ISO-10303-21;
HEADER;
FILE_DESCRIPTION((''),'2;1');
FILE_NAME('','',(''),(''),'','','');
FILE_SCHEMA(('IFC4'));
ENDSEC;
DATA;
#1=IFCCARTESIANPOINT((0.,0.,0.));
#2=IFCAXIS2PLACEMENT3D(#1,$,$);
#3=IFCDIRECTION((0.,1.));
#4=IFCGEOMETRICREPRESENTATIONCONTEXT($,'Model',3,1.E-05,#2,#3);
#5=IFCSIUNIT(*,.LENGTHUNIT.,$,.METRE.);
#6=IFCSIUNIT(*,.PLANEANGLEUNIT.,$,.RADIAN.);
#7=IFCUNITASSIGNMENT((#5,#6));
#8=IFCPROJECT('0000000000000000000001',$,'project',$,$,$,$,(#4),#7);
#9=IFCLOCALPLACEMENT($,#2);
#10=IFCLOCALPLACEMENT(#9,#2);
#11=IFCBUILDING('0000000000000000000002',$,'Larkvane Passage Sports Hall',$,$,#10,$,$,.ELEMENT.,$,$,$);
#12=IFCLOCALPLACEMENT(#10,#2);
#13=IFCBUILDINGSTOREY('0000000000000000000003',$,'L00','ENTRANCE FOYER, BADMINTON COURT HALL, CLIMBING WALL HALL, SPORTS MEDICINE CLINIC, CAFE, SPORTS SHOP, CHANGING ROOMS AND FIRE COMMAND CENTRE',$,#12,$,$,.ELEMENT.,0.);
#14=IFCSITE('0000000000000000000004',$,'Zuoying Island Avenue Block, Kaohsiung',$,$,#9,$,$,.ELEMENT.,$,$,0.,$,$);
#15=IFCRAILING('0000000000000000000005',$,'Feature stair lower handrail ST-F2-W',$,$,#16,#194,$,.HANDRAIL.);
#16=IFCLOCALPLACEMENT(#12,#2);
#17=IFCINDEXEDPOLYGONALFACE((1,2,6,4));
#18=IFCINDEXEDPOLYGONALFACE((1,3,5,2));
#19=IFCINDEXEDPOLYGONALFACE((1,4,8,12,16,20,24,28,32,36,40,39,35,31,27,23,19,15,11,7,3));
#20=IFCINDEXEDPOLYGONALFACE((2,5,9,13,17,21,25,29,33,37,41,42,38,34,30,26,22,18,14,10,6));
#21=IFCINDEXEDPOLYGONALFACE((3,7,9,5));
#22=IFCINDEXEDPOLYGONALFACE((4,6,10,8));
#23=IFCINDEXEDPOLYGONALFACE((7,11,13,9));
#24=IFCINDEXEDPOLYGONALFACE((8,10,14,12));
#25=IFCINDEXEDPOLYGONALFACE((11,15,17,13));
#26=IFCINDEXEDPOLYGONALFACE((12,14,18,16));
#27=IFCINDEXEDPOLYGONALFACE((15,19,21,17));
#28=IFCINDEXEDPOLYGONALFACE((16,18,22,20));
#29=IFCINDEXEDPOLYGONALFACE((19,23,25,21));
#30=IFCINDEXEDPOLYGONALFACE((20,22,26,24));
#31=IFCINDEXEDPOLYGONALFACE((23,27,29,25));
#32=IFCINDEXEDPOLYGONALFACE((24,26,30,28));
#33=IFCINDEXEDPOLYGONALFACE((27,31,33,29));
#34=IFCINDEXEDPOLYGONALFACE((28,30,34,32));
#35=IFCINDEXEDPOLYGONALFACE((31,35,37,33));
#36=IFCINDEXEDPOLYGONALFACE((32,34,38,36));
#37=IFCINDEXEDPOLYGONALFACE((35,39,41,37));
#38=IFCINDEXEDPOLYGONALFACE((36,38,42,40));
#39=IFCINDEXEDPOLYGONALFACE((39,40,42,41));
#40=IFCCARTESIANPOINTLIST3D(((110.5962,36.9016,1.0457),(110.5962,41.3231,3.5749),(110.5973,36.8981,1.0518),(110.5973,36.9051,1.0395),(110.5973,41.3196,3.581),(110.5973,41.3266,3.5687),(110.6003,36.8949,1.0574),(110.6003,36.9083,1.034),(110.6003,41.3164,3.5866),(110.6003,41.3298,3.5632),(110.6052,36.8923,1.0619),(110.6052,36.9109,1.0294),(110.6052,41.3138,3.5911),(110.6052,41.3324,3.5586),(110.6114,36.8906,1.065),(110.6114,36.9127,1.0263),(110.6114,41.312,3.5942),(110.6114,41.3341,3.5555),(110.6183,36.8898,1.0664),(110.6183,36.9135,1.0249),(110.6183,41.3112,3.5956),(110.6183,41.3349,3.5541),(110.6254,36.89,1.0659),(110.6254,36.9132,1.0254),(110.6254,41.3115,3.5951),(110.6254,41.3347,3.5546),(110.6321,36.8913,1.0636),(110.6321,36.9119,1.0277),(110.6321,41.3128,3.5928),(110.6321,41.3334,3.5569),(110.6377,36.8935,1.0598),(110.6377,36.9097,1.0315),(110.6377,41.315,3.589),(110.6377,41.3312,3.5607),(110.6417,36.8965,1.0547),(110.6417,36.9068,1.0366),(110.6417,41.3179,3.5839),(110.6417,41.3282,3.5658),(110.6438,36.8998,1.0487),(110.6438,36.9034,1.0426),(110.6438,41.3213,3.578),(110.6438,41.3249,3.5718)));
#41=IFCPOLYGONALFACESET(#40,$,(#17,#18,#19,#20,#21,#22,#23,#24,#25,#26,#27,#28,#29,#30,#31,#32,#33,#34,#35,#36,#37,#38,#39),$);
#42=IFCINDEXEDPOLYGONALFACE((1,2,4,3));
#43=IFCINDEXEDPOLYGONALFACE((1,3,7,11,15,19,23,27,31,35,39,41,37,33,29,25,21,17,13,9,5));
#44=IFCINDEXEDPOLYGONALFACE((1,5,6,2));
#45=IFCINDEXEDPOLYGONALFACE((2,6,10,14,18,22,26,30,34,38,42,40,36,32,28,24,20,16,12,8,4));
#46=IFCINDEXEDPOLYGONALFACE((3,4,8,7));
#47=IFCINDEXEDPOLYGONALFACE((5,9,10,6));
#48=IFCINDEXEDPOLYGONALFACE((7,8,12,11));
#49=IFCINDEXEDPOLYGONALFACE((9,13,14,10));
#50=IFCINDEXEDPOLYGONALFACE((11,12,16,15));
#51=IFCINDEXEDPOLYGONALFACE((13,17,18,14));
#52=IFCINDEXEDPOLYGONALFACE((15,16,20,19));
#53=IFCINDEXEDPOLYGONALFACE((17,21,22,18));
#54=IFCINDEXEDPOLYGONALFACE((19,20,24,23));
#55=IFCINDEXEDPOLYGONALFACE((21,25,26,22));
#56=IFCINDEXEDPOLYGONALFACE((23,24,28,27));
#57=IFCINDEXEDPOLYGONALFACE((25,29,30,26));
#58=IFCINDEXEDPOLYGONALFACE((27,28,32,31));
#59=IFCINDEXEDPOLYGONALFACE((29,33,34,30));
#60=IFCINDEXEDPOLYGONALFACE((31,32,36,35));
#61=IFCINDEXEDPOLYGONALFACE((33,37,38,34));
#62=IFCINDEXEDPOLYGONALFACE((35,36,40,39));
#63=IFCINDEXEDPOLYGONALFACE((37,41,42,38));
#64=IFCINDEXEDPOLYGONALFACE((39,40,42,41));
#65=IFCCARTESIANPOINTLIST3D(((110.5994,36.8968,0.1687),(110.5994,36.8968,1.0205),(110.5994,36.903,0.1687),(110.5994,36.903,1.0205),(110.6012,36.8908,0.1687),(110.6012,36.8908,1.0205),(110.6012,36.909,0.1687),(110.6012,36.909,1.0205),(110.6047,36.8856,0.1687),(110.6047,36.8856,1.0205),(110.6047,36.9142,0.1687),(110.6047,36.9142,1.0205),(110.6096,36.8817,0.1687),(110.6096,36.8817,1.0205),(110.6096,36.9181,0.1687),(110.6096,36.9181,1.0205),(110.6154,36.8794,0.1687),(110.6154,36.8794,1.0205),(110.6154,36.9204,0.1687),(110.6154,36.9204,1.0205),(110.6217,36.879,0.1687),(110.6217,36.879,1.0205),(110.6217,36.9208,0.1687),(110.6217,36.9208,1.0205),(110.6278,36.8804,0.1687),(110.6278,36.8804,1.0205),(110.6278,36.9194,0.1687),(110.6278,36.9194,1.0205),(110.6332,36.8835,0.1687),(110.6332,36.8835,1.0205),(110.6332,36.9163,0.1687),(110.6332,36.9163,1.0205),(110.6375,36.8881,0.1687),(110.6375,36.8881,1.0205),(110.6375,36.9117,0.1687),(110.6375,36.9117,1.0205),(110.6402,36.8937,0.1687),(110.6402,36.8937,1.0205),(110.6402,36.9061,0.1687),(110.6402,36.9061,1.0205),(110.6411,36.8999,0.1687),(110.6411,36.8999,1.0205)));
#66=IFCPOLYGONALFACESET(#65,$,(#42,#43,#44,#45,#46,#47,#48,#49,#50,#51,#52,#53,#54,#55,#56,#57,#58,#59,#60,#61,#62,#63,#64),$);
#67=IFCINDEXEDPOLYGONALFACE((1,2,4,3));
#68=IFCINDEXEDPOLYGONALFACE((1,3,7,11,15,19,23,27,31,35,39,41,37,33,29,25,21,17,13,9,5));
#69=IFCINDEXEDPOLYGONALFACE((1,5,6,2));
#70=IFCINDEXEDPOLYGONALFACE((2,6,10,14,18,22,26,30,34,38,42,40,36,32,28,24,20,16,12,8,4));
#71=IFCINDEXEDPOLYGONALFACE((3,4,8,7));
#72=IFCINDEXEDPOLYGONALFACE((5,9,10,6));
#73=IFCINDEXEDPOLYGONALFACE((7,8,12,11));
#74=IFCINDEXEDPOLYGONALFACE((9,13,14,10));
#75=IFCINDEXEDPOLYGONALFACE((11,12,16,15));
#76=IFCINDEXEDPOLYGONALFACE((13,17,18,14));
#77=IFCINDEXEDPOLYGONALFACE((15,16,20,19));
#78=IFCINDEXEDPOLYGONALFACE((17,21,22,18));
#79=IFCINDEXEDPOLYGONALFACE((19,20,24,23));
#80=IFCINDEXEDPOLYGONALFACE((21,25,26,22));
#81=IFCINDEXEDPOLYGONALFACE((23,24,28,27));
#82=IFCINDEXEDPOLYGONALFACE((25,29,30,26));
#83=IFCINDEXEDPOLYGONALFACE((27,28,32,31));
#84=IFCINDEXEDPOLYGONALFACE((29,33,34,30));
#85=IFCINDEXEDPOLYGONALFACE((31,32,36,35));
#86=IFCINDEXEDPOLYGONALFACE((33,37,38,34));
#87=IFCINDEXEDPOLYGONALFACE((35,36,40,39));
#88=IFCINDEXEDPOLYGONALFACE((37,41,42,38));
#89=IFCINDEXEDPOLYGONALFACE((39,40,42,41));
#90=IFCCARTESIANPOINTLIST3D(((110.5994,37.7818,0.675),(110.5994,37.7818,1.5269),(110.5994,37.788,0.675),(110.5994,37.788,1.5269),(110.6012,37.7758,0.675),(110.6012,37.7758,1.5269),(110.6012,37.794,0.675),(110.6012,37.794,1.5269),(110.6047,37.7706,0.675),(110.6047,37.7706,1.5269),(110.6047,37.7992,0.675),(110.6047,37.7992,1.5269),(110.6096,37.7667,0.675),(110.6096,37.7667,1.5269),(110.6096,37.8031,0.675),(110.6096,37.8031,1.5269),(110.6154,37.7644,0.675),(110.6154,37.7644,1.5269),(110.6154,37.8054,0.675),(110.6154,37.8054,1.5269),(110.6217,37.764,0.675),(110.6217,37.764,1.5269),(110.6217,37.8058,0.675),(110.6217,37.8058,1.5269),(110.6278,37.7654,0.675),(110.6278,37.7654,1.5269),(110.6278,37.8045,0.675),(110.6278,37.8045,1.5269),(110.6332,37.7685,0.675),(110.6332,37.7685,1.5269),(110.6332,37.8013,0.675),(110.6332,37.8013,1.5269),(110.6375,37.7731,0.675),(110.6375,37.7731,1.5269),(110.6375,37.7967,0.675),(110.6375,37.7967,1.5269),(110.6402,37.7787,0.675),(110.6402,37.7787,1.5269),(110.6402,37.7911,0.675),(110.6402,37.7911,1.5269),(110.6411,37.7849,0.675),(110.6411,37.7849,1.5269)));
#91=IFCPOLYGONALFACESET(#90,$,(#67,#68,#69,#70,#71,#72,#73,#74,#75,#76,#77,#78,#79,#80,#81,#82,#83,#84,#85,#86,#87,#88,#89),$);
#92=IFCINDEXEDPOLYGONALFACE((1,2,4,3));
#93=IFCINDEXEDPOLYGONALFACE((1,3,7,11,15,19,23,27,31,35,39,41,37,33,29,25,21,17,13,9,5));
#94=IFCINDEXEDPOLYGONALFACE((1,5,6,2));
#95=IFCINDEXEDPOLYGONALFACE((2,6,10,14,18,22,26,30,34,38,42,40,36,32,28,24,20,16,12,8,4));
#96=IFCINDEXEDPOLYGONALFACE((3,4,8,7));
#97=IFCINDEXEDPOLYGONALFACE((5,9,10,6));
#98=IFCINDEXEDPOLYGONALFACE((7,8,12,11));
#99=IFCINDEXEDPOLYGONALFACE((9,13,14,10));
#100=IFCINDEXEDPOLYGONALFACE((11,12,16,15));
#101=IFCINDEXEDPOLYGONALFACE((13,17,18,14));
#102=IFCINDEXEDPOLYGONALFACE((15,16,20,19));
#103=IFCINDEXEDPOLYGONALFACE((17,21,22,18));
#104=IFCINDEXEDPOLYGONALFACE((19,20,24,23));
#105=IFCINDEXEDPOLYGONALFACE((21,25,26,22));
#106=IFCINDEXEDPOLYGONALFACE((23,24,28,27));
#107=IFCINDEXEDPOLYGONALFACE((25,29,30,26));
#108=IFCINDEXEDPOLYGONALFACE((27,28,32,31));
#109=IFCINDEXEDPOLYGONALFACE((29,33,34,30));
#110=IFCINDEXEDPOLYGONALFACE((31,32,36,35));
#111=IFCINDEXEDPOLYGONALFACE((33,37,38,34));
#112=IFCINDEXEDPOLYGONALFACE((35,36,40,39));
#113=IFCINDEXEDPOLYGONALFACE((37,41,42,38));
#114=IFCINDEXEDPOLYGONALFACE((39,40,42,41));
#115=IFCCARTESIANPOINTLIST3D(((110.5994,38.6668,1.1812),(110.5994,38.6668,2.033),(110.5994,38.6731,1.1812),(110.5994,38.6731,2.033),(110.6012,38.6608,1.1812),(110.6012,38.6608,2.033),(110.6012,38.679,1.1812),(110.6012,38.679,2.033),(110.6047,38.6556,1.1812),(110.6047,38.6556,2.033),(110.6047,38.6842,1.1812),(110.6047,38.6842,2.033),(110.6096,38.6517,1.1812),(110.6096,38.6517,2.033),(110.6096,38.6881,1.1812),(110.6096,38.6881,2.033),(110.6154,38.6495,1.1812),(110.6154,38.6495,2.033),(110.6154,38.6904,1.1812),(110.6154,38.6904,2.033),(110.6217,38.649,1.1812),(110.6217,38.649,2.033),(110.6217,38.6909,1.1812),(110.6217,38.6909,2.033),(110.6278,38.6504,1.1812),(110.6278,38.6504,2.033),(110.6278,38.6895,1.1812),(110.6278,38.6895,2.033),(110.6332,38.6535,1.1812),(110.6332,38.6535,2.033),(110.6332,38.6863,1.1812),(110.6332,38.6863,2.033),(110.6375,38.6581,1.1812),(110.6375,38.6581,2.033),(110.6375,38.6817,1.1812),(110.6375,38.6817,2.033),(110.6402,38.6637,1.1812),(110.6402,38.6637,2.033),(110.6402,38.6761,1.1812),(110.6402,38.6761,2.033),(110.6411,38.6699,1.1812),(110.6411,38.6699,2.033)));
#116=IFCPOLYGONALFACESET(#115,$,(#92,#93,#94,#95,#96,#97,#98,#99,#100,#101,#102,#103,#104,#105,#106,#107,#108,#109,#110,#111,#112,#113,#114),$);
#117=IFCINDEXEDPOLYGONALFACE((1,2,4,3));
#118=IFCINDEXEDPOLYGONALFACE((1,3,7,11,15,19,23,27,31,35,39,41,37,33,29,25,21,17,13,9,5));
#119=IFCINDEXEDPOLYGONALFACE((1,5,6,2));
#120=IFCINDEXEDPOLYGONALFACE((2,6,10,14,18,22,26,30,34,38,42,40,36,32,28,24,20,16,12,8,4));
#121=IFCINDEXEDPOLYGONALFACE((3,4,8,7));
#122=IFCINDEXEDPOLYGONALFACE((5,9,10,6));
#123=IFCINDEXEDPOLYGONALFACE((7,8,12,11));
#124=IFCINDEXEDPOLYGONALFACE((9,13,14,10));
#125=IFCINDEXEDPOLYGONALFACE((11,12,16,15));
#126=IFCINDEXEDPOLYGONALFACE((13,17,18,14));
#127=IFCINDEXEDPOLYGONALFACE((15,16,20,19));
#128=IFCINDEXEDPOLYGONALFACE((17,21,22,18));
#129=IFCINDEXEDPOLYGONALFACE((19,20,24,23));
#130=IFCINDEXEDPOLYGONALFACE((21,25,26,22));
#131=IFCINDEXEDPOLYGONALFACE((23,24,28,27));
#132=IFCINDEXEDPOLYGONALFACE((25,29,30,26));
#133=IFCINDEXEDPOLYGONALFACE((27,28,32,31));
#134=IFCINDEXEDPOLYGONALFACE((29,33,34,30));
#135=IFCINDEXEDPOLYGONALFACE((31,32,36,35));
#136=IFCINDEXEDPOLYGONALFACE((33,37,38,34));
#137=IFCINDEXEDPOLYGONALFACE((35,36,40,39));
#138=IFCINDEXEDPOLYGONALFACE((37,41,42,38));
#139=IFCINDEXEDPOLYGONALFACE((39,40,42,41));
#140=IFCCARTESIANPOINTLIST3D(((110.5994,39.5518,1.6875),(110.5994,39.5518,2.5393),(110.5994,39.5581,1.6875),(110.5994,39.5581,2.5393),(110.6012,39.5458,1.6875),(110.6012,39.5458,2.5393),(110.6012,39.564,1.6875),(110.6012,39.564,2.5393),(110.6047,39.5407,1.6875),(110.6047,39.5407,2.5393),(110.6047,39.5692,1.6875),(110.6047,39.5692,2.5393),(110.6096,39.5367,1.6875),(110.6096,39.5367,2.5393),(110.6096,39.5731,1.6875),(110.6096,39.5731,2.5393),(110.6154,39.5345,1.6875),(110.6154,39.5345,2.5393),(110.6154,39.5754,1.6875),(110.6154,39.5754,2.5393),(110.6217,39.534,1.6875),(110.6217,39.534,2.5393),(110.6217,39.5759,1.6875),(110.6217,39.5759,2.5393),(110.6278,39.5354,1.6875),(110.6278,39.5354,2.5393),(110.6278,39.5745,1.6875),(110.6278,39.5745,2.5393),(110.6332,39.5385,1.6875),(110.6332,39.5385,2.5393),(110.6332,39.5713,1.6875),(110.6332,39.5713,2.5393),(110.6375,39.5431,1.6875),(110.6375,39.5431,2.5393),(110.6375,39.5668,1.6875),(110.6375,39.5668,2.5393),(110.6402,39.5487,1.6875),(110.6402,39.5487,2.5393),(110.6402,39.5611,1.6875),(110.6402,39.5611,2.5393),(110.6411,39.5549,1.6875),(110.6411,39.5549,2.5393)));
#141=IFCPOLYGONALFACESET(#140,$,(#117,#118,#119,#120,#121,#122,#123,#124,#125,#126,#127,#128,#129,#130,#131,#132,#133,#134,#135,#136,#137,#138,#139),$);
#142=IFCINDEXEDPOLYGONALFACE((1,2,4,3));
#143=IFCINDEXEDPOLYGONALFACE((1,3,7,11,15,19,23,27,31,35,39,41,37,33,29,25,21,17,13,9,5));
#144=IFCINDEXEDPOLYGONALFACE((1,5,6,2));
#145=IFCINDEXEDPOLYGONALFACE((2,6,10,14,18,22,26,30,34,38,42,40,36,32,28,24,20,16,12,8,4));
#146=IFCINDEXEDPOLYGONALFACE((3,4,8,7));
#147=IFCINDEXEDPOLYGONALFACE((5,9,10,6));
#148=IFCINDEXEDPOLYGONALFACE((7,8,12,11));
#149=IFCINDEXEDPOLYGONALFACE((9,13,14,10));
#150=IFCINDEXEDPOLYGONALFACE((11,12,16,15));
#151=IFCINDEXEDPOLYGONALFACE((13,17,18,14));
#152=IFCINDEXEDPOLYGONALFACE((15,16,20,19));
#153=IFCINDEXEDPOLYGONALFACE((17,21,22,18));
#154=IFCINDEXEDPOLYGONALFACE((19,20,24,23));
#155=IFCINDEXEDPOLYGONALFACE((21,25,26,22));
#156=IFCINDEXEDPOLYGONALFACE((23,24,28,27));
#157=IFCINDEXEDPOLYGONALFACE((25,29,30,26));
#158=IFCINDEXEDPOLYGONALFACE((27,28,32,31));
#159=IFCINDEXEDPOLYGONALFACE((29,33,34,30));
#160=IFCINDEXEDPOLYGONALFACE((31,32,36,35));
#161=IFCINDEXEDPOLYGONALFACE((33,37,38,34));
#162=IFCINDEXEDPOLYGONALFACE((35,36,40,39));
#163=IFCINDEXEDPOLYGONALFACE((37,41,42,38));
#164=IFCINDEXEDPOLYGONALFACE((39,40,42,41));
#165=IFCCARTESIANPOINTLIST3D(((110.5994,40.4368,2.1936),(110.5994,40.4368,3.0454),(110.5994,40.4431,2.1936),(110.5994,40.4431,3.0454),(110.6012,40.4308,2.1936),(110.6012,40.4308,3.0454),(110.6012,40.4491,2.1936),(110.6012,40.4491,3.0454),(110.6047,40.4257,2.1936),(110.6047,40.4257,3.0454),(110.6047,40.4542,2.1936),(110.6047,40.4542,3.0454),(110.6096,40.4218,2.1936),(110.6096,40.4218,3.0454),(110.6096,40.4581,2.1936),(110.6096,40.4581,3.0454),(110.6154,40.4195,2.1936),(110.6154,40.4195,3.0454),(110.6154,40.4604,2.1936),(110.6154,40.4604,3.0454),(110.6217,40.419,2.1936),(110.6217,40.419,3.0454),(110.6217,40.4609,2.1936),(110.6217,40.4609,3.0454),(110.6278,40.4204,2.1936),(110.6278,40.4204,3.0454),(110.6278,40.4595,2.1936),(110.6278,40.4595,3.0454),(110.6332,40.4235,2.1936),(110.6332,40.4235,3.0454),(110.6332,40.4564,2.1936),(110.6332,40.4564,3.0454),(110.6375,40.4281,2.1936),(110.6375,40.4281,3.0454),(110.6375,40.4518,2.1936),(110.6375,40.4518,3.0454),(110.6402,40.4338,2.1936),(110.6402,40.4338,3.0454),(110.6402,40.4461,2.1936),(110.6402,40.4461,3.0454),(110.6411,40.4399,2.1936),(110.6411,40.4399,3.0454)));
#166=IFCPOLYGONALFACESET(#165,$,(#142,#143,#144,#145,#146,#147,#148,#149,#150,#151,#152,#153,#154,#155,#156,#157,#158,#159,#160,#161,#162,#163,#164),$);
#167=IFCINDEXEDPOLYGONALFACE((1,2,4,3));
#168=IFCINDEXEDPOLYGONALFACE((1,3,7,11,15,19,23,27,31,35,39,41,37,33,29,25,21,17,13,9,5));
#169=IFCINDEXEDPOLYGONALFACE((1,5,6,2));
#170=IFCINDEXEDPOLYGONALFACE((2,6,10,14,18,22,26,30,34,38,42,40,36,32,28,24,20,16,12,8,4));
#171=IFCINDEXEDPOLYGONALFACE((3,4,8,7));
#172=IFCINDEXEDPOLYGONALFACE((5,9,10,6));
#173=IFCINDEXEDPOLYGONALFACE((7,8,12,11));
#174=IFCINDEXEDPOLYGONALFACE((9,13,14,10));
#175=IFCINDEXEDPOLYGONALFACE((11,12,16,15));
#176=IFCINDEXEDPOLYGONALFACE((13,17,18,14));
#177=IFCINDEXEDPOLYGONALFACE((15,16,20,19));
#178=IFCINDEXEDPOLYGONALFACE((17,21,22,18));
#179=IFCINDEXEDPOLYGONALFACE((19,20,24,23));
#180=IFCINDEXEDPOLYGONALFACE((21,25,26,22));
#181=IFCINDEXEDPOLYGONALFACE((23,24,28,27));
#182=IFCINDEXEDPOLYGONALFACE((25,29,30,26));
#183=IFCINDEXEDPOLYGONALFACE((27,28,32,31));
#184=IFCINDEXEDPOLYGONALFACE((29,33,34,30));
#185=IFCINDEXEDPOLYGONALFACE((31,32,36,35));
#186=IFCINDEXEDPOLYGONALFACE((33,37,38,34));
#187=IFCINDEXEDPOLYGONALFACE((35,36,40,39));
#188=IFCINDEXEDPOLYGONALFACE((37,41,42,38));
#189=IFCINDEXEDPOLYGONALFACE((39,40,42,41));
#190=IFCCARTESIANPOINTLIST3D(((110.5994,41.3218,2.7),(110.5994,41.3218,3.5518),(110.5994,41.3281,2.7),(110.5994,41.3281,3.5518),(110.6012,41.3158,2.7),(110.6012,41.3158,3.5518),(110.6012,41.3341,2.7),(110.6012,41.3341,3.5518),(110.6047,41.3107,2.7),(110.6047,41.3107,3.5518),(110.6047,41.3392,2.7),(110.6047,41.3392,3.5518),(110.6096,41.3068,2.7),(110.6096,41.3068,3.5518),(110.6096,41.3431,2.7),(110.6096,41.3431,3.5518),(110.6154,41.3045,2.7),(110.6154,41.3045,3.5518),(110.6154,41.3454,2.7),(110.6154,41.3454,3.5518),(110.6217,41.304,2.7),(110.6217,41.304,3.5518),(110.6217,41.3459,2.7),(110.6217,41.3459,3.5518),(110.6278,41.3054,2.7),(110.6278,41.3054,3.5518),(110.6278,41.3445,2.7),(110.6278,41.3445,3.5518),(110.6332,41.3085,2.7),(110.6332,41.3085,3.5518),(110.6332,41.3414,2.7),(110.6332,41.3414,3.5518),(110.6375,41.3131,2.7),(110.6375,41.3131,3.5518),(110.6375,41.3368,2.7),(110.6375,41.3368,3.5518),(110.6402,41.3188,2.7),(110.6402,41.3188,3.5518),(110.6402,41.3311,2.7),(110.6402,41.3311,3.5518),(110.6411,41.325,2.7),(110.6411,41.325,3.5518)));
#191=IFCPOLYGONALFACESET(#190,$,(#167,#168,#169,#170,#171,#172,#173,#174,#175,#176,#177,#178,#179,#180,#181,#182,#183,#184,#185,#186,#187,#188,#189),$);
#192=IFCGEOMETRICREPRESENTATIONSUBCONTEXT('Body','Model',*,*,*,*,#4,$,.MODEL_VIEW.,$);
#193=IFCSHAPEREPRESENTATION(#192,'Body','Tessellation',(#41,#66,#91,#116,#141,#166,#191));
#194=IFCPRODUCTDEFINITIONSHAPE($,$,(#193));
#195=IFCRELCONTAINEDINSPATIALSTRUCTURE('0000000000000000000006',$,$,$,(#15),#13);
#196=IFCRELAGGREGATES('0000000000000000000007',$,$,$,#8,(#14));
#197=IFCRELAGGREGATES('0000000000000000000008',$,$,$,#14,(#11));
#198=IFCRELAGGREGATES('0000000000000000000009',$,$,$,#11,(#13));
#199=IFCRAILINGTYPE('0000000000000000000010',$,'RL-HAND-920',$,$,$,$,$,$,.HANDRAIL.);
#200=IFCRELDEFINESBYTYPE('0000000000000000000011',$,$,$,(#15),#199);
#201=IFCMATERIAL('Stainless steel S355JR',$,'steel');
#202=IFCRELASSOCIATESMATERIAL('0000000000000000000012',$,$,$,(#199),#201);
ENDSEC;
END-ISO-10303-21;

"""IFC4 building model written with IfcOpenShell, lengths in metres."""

from ifc_helpers import new_model, si_unit, direction, frame, origin, origin_2d, place, context, subcontext, project, spatial, circle, extrude, material, type_object, element, save


model = new_model("IFC4")

# Units and contexts
model_context = context("Model", 3, precision=1e-05, world=origin(), true_north=direction((0.0, 1.0)))
body_context = subcontext(model_context, "Body", "Model", "MODEL_VIEW")
ifc_project = project(units=[si_unit("LENGTHUNIT", "METRE"), si_unit("PLANEANGLEUNIT", "RADIAN")], contexts=[model_context])

# Site, building, storey
site_placement = place(None, origin())
site = spatial("IfcSite", under=ifc_project, at=site_placement, Name="Zuoying Island Avenue Block, Kaohsiung", CompositionType="ELEMENT", RefElevation=0.0)
building_placement = place(site_placement, origin())
building = spatial("IfcBuilding", under=site, at=building_placement, Name="Larkvane Passage Sports Hall", CompositionType="ELEMENT")
storey_placement = place(building_placement, origin())
storey = spatial("IfcBuildingStorey", under=building, at=storey_placement, Name="L00", Description="ENTRANCE FOYER, BADMINTON COURT HALL, CLIMBING WALL HALL, SPORTS MEDICINE CLINIC, CAFE, SPORTS SHOP, CHANGING ROOMS AND FIRE COMMAND CENTRE", CompositionType="ELEMENT", Elevation=0.0)

# Railing
ifc_material_1 = material(Name="Stainless steel S355JR", Category="steel")
railing_type_1 = type_object("IfcRailingType", Name="RL-HAND-920", PredefinedType="HANDRAIL", material=ifc_material_1)
for number, where, name in (
    (1, (110.6201, 36.8999, 0.1687), "Feature stair lower handrail ST-F2-W"),
):
    element("IfcRailing", number, at=place(storey_placement, frame(where)), inside=storey, type_object=railing_type_1, Name=name, PredefinedType="HANDRAIL", context=body_context, shape_type="SweptSolid", body=[
        extrude(circle(Radius=0.0239, at=origin_2d()), frame((0.0, 0.0017, 0.877), z_axis=(0.0, 0.868019, 0.496531), x_axis=(-1.0, 0.0, 0.0)), (0.0, 0.0, 1.0), 5.0938),
        extrude(circle(Radius=0.021, at=origin_2d()), origin(), (0.0, 0.0, 1.0), 0.8518),
        extrude(circle(Radius=0.021, at=origin_2d()), frame((0.0, 0.885, 0.5063)), (0.0, 0.0, 1.0), 0.8518),
        extrude(circle(Radius=0.021, at=origin_2d()), frame((0.0, 1.77, 1.0125)), (0.0, 0.0, 1.0), 0.8518),
        extrude(circle(Radius=0.021, at=origin_2d()), frame((0.0, 2.655, 1.5188)), (0.0, 0.0, 1.0), 0.8518),
        extrude(circle(Radius=0.021, at=origin_2d()), frame((0.0, 3.54, 2.0249)), (0.0, 0.0, 1.0), 0.8518),
        extrude(circle(Radius=0.021, at=origin_2d()), frame((0.0, 4.425, 2.5312)), (0.0, 0.0, 1.0), 0.8518),
    ])

save(model, "model.ifc")
